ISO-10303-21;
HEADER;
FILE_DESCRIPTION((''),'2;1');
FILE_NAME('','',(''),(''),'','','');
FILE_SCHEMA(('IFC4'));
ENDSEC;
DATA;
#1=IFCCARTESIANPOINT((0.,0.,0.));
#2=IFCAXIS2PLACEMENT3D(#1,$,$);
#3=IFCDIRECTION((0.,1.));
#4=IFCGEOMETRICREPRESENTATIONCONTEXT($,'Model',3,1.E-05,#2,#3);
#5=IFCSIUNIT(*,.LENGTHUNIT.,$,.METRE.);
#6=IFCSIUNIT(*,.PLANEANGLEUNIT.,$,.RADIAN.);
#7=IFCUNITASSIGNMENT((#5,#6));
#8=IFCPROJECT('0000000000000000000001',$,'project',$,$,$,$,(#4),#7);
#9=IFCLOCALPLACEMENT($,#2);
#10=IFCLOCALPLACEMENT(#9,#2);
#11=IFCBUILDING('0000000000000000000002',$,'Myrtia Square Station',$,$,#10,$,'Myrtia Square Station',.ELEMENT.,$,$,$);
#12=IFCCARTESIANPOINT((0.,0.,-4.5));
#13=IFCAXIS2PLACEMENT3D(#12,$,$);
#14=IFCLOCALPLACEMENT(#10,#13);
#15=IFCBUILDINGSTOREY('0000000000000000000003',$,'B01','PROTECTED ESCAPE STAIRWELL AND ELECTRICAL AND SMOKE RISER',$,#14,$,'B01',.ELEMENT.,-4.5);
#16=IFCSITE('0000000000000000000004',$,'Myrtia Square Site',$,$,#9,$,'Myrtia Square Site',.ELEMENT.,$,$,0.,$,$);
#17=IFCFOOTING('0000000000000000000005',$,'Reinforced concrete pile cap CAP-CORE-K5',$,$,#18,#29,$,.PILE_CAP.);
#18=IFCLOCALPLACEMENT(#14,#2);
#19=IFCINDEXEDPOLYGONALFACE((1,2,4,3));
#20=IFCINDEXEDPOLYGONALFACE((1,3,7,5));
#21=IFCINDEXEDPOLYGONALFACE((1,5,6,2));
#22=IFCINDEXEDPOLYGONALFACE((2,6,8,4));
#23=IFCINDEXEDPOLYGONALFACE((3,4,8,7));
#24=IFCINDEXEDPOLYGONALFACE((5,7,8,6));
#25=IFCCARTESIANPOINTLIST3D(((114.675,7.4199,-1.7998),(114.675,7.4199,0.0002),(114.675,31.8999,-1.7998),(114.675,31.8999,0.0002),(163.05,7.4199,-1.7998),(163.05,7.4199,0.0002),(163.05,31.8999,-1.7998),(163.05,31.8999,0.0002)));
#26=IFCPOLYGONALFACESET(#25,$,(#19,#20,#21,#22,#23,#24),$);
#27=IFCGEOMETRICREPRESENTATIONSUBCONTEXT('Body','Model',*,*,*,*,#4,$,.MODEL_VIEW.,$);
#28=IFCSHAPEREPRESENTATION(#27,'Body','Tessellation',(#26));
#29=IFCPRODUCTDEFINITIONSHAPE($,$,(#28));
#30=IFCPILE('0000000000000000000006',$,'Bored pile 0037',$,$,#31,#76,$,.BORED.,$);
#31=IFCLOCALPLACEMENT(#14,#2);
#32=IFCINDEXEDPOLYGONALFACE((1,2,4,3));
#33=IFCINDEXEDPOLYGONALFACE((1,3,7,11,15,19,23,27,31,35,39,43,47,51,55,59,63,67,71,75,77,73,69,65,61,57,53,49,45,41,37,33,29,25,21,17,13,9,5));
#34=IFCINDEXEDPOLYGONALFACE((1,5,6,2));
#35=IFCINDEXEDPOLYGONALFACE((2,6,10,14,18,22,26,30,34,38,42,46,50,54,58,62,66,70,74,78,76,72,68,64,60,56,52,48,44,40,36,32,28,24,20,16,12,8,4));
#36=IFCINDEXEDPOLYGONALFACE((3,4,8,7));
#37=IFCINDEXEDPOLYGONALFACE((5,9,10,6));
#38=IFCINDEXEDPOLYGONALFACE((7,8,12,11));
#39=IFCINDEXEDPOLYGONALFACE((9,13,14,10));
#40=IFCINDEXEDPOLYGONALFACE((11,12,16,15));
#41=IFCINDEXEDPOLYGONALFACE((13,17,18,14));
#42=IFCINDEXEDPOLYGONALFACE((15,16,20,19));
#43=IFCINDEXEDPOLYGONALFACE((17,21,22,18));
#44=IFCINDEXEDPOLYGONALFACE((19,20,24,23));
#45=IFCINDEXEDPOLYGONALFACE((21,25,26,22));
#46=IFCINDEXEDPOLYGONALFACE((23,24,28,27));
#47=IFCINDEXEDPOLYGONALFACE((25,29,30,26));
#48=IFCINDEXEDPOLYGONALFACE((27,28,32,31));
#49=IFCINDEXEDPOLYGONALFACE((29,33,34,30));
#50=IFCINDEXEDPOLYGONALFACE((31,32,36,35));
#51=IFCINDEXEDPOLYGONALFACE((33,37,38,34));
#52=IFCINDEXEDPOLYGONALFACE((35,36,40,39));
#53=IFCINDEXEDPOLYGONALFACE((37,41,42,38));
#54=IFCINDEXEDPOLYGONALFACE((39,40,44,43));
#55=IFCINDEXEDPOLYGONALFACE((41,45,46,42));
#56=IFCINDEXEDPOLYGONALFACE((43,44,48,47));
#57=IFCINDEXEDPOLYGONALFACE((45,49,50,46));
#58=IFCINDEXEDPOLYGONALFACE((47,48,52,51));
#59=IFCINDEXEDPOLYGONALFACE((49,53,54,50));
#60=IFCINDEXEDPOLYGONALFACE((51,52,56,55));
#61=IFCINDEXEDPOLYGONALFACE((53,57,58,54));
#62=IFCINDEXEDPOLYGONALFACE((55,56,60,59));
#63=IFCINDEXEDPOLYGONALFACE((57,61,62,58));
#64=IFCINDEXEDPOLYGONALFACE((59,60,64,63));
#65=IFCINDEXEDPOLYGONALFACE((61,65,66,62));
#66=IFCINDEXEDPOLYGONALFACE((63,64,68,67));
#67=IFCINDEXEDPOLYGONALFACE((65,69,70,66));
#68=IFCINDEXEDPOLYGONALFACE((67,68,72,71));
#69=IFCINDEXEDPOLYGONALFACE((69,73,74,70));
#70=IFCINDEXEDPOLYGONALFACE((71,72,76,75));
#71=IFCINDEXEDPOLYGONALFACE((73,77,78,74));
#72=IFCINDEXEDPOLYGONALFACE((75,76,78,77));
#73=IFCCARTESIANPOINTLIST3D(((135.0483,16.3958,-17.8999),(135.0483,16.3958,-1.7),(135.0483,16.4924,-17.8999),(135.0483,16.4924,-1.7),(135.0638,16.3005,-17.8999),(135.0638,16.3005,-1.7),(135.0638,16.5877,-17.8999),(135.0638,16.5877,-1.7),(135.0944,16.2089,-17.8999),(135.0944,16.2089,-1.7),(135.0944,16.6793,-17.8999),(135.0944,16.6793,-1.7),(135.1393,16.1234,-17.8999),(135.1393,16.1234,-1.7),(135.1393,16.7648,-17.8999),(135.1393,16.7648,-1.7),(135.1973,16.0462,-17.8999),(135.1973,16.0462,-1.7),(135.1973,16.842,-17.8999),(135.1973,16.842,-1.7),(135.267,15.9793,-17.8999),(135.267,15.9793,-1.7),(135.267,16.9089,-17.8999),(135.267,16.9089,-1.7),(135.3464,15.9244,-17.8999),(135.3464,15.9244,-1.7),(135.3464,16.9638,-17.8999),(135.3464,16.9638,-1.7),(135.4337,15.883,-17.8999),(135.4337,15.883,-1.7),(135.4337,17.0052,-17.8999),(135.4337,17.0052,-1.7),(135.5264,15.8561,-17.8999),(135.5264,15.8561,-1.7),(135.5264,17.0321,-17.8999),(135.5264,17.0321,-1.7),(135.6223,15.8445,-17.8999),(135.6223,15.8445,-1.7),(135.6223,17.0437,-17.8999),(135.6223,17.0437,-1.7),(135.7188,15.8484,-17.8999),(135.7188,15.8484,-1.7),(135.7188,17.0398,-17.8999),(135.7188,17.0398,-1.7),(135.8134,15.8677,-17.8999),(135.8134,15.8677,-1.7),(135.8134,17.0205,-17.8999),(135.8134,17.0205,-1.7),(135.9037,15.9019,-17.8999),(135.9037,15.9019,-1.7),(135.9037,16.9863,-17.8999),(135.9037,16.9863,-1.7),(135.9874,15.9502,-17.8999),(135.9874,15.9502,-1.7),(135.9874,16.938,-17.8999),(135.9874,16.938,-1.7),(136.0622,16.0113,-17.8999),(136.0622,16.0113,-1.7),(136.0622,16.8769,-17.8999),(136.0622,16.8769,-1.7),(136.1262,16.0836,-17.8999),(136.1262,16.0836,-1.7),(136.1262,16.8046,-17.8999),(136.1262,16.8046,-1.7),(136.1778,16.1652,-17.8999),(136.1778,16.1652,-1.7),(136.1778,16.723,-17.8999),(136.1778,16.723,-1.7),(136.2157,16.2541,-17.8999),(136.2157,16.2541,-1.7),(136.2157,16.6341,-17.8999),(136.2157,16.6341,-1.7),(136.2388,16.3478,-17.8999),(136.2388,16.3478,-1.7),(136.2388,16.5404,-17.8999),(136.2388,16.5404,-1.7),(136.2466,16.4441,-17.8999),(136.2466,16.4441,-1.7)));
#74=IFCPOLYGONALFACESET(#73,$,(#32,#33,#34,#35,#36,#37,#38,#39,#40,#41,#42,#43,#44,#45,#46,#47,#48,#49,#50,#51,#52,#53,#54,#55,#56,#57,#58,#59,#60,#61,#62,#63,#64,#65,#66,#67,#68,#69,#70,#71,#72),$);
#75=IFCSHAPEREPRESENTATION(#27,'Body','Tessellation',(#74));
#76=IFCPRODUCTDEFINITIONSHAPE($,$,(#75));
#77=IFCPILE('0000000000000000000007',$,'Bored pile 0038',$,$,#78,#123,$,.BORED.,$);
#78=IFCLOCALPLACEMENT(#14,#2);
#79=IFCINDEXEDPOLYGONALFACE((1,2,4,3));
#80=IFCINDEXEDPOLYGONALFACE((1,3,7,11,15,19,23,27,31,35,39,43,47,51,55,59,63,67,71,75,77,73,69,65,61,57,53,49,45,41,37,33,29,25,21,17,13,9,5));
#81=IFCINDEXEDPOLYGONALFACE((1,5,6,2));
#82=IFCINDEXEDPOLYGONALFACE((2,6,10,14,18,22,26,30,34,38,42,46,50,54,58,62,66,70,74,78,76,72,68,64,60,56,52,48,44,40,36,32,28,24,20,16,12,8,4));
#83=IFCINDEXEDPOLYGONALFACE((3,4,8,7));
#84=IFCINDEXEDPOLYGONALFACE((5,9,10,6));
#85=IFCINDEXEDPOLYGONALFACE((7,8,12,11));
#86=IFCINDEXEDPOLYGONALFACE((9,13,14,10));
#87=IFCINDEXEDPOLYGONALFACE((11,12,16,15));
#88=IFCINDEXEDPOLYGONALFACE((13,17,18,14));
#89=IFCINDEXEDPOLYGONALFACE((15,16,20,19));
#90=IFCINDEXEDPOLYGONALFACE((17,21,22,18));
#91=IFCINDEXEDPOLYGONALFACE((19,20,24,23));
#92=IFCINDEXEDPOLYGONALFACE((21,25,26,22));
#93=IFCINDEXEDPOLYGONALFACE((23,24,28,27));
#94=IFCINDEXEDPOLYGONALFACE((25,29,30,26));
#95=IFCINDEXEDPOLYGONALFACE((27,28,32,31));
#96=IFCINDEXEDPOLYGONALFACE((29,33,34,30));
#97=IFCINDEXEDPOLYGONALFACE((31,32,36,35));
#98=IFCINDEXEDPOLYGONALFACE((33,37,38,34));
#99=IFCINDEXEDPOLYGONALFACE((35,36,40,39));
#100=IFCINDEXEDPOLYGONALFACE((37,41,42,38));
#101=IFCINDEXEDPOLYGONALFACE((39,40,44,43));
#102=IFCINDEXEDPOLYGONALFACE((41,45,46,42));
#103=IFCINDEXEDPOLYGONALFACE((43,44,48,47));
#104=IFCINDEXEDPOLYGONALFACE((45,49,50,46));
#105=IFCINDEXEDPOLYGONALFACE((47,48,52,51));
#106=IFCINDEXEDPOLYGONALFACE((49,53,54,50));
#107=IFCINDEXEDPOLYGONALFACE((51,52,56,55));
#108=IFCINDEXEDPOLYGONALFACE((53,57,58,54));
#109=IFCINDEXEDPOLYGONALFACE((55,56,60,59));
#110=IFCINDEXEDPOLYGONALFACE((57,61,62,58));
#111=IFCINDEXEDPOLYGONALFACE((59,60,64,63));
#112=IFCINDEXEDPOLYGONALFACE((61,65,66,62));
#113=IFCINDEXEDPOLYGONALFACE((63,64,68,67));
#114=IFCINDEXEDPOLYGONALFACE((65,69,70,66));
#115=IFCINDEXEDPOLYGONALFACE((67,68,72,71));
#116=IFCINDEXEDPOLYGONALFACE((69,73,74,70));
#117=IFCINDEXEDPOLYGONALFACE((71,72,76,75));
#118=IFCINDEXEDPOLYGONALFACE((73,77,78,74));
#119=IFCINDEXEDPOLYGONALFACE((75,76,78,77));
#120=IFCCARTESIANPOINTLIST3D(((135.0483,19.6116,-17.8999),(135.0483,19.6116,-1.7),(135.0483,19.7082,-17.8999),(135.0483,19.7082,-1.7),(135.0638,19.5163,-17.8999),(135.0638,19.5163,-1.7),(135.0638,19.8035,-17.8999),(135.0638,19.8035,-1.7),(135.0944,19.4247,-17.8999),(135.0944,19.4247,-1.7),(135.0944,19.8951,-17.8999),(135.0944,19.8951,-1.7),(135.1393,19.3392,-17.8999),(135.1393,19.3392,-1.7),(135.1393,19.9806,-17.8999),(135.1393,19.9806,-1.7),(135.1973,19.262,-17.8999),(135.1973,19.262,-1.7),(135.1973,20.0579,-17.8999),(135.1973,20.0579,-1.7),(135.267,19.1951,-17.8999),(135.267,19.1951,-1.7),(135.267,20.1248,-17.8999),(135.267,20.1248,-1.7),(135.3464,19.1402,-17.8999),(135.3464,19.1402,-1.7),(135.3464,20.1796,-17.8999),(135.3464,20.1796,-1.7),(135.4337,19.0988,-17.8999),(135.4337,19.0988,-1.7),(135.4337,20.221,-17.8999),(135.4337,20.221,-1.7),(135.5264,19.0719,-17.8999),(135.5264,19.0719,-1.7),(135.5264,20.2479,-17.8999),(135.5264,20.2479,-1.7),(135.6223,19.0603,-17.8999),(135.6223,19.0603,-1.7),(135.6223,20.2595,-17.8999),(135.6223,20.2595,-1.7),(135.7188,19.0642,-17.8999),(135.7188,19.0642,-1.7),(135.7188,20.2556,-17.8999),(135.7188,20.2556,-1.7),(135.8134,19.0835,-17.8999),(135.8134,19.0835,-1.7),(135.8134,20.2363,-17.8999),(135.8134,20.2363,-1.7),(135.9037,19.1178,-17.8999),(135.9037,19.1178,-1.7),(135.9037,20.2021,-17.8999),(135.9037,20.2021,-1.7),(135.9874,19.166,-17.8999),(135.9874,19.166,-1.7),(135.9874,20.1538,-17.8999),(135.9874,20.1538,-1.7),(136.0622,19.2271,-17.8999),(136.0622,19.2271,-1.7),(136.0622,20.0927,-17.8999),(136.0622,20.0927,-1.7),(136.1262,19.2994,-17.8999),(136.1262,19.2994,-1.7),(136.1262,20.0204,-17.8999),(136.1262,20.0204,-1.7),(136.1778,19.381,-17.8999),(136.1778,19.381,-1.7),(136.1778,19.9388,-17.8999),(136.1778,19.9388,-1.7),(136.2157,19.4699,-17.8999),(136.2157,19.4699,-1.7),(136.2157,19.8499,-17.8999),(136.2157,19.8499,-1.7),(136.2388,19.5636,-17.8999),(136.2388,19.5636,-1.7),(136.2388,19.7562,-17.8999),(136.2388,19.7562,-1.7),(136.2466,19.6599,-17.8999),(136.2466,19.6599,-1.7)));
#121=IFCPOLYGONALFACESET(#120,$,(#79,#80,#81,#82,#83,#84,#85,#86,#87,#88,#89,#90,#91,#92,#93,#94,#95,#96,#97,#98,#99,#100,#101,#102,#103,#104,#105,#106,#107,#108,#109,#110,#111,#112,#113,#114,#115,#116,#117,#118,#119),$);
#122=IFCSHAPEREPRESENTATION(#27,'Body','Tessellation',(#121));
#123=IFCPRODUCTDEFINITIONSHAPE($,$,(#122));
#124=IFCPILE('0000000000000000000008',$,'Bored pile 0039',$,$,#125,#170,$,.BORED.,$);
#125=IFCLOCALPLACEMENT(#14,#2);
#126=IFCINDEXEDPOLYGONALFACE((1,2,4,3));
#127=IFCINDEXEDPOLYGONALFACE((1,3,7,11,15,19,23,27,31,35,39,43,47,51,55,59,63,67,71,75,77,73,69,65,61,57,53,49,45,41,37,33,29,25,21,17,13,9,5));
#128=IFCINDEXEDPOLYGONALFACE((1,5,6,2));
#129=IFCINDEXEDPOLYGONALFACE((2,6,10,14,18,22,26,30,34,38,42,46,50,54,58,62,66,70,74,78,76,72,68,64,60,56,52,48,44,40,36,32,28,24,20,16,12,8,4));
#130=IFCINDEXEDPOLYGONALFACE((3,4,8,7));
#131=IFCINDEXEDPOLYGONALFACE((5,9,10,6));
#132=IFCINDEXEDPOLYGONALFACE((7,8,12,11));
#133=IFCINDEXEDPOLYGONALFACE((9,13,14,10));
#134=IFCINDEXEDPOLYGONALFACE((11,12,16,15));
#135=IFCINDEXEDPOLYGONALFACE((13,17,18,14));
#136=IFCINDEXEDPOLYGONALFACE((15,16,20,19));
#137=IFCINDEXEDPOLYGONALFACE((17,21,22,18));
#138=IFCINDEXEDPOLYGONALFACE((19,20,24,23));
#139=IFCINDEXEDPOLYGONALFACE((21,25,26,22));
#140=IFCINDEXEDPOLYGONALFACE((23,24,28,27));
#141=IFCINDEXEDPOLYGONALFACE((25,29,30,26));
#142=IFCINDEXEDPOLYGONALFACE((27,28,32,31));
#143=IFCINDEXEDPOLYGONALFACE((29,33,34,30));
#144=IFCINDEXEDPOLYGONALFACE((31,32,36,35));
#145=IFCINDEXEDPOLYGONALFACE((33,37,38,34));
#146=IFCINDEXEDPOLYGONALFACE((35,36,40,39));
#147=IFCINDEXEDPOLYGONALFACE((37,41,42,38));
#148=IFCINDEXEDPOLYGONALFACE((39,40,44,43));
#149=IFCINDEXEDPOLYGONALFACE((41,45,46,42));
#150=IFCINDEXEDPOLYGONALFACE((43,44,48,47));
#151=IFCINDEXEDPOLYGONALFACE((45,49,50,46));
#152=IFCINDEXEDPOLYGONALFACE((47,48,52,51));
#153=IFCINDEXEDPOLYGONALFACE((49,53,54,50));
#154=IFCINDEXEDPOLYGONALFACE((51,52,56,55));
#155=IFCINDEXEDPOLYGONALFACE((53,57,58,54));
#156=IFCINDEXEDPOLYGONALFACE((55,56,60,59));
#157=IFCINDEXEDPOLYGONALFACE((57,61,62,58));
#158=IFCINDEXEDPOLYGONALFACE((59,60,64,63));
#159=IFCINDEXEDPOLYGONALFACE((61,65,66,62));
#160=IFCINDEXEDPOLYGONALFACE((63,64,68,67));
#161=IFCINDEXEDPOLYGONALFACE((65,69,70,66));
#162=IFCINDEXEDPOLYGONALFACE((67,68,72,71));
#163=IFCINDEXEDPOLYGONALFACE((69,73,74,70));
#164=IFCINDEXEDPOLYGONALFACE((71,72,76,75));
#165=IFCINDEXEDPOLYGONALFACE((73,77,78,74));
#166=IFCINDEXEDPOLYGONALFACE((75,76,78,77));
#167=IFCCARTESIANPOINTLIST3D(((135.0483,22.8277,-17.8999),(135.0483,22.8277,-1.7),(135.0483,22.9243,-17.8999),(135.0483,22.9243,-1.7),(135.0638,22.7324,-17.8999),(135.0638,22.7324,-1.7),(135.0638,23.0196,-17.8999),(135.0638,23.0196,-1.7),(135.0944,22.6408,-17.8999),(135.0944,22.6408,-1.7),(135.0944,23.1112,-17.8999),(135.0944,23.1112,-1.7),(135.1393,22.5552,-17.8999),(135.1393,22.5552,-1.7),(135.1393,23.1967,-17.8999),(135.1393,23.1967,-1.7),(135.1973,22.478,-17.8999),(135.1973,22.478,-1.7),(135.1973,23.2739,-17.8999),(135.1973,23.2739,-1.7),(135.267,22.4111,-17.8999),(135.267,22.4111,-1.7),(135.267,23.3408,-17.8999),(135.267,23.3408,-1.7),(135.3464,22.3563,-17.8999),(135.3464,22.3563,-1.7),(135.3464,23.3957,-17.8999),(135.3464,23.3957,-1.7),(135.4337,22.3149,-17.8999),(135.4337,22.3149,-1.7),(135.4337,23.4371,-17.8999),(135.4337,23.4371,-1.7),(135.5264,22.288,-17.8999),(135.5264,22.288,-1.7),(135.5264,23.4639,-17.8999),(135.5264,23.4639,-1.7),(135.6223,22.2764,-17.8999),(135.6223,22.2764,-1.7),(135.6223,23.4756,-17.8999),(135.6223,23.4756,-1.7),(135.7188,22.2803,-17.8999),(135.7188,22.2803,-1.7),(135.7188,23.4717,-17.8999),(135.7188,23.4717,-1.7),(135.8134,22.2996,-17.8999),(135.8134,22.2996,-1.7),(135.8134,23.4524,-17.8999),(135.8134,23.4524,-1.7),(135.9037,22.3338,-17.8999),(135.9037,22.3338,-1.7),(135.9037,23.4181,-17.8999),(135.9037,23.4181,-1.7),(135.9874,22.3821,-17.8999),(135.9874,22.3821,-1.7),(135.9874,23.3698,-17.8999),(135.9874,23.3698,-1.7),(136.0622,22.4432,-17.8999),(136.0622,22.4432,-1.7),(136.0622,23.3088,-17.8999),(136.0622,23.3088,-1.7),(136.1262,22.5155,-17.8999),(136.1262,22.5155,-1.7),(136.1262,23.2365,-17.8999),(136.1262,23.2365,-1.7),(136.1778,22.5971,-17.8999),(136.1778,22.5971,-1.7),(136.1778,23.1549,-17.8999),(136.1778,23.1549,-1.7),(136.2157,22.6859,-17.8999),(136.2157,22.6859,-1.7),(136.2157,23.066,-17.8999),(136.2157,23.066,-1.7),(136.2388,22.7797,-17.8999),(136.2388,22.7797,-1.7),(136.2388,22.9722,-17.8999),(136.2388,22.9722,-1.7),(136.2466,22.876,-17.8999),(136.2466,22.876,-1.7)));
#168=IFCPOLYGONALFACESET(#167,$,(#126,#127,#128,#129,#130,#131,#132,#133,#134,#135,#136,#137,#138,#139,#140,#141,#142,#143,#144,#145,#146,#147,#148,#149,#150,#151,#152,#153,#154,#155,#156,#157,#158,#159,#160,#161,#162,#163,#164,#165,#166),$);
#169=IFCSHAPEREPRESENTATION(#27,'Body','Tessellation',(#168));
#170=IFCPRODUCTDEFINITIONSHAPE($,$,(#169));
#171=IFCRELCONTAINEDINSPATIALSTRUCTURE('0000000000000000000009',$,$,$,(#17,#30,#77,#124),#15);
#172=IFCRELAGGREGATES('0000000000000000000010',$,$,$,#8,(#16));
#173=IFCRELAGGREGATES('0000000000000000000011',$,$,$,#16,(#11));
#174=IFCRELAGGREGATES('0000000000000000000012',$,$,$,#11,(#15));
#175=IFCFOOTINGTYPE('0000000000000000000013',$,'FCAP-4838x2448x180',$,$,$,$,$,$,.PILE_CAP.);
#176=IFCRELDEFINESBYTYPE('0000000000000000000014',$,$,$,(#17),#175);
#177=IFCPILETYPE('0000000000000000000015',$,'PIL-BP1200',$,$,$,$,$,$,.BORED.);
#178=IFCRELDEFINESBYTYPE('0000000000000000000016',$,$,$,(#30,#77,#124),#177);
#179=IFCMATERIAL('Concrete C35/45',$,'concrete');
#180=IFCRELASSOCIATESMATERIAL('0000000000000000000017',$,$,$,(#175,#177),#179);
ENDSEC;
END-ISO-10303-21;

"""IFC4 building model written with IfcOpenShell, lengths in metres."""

from ifc_helpers import new_model, si_unit, direction, frame, origin, origin_2d, place, context, subcontext, project, spatial, rectangle, circle, extrude, material, material_profile, profile_set, type_object, element, save


model = new_model("IFC4")

# Units and contexts
model_context = context("Model", 3, precision=1e-05, world=origin(), true_north=direction((0.0, 1.0)))
body_context = subcontext(model_context, "Body", "Model", "MODEL_VIEW")
ifc_project = project(units=[si_unit("LENGTHUNIT", "METRE"), si_unit("PLANEANGLEUNIT", "RADIAN")], contexts=[model_context])

# Site, building, storey
site_placement = place(None, origin())
site = spatial("IfcSite", under=ifc_project, at=site_placement, Name="Myrtia Square Site", LongName="Myrtia Square Site", CompositionType="ELEMENT", RefElevation=0.0)
building_placement = place(site_placement, origin())
building = spatial("IfcBuilding", under=site, at=building_placement, Name="Myrtia Square Station", LongName="Myrtia Square Station", CompositionType="ELEMENT")
storey_placement = place(building_placement, frame((0.0, 0.0, -4.5)))
storey = spatial("IfcBuildingStorey", under=building, at=storey_placement, Name="B01", Description="PROTECTED ESCAPE STAIRWELL AND ELECTRICAL AND SMOKE RISER", LongName="B01", CompositionType="ELEMENT", Elevation=-4.5)

# Footing
ifc_material_1 = material(Name="Concrete C35/45", Category="concrete")
footing_type = type_object("IfcFootingType", Name="FCAP-4838x2448x180", PredefinedType="PILE_CAP", material=ifc_material_1)
footing_placement = place(storey_placement, frame((138.8625, 19.6599, -1.7998), z_axis=(0.0, 0.0, 1.0), x_axis=(1.0, 0.0, 0.0)))
element("IfcFooting", 1, at=footing_placement, inside=storey, type_object=footing_type, Name="Reinforced concrete pile cap CAP-CORE-K5", PredefinedType="PILE_CAP", context=body_context, shape_type="SweptSolid", body=[
    extrude(rectangle(XDim=48.375, YDim=24.48, at=origin_2d()), origin(), (0.0, 0.0, 1.0), 1.8),
])

# Piles
ifc_material_profile_1 = material_profile(ifc_material_1, circle(Radius=0.6001, at=origin_2d()), Name="BP D1200")
ifc_profile_set_1 = profile_set([ifc_material_profile_1], Name="Concrete C35/45")
pile_type = type_object("IfcPileType", Name="PIL-BP1200", PredefinedType="BORED", material=ifc_profile_set_1)
for number, where, z_axis, x_axis, name in (
    (2, (135.6465, 16.4441, -1.7), (0.0, 0.0, -1.0), (1.0, 0.0, 0.0), "Bored pile 0037"),
    (3, (135.6465, 19.6599, -1.7), (0.0, 0.0, -1.0), (1.0, 0.0, 0.0), "Bored pile 0038"),
    (4, (135.6465, 22.876, -1.7), (0.0, 0.0, -1.0), (1.0, 0.0, 0.0), "Bored pile 0039"),
):
    element("IfcPile", number, at=place(storey_placement, frame(where, z_axis=z_axis, x_axis=x_axis)), inside=storey, type_object=pile_type, Name=name, PredefinedType="BORED", context=body_context, shape_type="SweptSolid", body=[
        extrude(circle(Radius=0.6001, at=origin_2d()), origin(), (0.0, 0.0, 1.0), 16.2),
    ])

save(model, "model.ifc")
